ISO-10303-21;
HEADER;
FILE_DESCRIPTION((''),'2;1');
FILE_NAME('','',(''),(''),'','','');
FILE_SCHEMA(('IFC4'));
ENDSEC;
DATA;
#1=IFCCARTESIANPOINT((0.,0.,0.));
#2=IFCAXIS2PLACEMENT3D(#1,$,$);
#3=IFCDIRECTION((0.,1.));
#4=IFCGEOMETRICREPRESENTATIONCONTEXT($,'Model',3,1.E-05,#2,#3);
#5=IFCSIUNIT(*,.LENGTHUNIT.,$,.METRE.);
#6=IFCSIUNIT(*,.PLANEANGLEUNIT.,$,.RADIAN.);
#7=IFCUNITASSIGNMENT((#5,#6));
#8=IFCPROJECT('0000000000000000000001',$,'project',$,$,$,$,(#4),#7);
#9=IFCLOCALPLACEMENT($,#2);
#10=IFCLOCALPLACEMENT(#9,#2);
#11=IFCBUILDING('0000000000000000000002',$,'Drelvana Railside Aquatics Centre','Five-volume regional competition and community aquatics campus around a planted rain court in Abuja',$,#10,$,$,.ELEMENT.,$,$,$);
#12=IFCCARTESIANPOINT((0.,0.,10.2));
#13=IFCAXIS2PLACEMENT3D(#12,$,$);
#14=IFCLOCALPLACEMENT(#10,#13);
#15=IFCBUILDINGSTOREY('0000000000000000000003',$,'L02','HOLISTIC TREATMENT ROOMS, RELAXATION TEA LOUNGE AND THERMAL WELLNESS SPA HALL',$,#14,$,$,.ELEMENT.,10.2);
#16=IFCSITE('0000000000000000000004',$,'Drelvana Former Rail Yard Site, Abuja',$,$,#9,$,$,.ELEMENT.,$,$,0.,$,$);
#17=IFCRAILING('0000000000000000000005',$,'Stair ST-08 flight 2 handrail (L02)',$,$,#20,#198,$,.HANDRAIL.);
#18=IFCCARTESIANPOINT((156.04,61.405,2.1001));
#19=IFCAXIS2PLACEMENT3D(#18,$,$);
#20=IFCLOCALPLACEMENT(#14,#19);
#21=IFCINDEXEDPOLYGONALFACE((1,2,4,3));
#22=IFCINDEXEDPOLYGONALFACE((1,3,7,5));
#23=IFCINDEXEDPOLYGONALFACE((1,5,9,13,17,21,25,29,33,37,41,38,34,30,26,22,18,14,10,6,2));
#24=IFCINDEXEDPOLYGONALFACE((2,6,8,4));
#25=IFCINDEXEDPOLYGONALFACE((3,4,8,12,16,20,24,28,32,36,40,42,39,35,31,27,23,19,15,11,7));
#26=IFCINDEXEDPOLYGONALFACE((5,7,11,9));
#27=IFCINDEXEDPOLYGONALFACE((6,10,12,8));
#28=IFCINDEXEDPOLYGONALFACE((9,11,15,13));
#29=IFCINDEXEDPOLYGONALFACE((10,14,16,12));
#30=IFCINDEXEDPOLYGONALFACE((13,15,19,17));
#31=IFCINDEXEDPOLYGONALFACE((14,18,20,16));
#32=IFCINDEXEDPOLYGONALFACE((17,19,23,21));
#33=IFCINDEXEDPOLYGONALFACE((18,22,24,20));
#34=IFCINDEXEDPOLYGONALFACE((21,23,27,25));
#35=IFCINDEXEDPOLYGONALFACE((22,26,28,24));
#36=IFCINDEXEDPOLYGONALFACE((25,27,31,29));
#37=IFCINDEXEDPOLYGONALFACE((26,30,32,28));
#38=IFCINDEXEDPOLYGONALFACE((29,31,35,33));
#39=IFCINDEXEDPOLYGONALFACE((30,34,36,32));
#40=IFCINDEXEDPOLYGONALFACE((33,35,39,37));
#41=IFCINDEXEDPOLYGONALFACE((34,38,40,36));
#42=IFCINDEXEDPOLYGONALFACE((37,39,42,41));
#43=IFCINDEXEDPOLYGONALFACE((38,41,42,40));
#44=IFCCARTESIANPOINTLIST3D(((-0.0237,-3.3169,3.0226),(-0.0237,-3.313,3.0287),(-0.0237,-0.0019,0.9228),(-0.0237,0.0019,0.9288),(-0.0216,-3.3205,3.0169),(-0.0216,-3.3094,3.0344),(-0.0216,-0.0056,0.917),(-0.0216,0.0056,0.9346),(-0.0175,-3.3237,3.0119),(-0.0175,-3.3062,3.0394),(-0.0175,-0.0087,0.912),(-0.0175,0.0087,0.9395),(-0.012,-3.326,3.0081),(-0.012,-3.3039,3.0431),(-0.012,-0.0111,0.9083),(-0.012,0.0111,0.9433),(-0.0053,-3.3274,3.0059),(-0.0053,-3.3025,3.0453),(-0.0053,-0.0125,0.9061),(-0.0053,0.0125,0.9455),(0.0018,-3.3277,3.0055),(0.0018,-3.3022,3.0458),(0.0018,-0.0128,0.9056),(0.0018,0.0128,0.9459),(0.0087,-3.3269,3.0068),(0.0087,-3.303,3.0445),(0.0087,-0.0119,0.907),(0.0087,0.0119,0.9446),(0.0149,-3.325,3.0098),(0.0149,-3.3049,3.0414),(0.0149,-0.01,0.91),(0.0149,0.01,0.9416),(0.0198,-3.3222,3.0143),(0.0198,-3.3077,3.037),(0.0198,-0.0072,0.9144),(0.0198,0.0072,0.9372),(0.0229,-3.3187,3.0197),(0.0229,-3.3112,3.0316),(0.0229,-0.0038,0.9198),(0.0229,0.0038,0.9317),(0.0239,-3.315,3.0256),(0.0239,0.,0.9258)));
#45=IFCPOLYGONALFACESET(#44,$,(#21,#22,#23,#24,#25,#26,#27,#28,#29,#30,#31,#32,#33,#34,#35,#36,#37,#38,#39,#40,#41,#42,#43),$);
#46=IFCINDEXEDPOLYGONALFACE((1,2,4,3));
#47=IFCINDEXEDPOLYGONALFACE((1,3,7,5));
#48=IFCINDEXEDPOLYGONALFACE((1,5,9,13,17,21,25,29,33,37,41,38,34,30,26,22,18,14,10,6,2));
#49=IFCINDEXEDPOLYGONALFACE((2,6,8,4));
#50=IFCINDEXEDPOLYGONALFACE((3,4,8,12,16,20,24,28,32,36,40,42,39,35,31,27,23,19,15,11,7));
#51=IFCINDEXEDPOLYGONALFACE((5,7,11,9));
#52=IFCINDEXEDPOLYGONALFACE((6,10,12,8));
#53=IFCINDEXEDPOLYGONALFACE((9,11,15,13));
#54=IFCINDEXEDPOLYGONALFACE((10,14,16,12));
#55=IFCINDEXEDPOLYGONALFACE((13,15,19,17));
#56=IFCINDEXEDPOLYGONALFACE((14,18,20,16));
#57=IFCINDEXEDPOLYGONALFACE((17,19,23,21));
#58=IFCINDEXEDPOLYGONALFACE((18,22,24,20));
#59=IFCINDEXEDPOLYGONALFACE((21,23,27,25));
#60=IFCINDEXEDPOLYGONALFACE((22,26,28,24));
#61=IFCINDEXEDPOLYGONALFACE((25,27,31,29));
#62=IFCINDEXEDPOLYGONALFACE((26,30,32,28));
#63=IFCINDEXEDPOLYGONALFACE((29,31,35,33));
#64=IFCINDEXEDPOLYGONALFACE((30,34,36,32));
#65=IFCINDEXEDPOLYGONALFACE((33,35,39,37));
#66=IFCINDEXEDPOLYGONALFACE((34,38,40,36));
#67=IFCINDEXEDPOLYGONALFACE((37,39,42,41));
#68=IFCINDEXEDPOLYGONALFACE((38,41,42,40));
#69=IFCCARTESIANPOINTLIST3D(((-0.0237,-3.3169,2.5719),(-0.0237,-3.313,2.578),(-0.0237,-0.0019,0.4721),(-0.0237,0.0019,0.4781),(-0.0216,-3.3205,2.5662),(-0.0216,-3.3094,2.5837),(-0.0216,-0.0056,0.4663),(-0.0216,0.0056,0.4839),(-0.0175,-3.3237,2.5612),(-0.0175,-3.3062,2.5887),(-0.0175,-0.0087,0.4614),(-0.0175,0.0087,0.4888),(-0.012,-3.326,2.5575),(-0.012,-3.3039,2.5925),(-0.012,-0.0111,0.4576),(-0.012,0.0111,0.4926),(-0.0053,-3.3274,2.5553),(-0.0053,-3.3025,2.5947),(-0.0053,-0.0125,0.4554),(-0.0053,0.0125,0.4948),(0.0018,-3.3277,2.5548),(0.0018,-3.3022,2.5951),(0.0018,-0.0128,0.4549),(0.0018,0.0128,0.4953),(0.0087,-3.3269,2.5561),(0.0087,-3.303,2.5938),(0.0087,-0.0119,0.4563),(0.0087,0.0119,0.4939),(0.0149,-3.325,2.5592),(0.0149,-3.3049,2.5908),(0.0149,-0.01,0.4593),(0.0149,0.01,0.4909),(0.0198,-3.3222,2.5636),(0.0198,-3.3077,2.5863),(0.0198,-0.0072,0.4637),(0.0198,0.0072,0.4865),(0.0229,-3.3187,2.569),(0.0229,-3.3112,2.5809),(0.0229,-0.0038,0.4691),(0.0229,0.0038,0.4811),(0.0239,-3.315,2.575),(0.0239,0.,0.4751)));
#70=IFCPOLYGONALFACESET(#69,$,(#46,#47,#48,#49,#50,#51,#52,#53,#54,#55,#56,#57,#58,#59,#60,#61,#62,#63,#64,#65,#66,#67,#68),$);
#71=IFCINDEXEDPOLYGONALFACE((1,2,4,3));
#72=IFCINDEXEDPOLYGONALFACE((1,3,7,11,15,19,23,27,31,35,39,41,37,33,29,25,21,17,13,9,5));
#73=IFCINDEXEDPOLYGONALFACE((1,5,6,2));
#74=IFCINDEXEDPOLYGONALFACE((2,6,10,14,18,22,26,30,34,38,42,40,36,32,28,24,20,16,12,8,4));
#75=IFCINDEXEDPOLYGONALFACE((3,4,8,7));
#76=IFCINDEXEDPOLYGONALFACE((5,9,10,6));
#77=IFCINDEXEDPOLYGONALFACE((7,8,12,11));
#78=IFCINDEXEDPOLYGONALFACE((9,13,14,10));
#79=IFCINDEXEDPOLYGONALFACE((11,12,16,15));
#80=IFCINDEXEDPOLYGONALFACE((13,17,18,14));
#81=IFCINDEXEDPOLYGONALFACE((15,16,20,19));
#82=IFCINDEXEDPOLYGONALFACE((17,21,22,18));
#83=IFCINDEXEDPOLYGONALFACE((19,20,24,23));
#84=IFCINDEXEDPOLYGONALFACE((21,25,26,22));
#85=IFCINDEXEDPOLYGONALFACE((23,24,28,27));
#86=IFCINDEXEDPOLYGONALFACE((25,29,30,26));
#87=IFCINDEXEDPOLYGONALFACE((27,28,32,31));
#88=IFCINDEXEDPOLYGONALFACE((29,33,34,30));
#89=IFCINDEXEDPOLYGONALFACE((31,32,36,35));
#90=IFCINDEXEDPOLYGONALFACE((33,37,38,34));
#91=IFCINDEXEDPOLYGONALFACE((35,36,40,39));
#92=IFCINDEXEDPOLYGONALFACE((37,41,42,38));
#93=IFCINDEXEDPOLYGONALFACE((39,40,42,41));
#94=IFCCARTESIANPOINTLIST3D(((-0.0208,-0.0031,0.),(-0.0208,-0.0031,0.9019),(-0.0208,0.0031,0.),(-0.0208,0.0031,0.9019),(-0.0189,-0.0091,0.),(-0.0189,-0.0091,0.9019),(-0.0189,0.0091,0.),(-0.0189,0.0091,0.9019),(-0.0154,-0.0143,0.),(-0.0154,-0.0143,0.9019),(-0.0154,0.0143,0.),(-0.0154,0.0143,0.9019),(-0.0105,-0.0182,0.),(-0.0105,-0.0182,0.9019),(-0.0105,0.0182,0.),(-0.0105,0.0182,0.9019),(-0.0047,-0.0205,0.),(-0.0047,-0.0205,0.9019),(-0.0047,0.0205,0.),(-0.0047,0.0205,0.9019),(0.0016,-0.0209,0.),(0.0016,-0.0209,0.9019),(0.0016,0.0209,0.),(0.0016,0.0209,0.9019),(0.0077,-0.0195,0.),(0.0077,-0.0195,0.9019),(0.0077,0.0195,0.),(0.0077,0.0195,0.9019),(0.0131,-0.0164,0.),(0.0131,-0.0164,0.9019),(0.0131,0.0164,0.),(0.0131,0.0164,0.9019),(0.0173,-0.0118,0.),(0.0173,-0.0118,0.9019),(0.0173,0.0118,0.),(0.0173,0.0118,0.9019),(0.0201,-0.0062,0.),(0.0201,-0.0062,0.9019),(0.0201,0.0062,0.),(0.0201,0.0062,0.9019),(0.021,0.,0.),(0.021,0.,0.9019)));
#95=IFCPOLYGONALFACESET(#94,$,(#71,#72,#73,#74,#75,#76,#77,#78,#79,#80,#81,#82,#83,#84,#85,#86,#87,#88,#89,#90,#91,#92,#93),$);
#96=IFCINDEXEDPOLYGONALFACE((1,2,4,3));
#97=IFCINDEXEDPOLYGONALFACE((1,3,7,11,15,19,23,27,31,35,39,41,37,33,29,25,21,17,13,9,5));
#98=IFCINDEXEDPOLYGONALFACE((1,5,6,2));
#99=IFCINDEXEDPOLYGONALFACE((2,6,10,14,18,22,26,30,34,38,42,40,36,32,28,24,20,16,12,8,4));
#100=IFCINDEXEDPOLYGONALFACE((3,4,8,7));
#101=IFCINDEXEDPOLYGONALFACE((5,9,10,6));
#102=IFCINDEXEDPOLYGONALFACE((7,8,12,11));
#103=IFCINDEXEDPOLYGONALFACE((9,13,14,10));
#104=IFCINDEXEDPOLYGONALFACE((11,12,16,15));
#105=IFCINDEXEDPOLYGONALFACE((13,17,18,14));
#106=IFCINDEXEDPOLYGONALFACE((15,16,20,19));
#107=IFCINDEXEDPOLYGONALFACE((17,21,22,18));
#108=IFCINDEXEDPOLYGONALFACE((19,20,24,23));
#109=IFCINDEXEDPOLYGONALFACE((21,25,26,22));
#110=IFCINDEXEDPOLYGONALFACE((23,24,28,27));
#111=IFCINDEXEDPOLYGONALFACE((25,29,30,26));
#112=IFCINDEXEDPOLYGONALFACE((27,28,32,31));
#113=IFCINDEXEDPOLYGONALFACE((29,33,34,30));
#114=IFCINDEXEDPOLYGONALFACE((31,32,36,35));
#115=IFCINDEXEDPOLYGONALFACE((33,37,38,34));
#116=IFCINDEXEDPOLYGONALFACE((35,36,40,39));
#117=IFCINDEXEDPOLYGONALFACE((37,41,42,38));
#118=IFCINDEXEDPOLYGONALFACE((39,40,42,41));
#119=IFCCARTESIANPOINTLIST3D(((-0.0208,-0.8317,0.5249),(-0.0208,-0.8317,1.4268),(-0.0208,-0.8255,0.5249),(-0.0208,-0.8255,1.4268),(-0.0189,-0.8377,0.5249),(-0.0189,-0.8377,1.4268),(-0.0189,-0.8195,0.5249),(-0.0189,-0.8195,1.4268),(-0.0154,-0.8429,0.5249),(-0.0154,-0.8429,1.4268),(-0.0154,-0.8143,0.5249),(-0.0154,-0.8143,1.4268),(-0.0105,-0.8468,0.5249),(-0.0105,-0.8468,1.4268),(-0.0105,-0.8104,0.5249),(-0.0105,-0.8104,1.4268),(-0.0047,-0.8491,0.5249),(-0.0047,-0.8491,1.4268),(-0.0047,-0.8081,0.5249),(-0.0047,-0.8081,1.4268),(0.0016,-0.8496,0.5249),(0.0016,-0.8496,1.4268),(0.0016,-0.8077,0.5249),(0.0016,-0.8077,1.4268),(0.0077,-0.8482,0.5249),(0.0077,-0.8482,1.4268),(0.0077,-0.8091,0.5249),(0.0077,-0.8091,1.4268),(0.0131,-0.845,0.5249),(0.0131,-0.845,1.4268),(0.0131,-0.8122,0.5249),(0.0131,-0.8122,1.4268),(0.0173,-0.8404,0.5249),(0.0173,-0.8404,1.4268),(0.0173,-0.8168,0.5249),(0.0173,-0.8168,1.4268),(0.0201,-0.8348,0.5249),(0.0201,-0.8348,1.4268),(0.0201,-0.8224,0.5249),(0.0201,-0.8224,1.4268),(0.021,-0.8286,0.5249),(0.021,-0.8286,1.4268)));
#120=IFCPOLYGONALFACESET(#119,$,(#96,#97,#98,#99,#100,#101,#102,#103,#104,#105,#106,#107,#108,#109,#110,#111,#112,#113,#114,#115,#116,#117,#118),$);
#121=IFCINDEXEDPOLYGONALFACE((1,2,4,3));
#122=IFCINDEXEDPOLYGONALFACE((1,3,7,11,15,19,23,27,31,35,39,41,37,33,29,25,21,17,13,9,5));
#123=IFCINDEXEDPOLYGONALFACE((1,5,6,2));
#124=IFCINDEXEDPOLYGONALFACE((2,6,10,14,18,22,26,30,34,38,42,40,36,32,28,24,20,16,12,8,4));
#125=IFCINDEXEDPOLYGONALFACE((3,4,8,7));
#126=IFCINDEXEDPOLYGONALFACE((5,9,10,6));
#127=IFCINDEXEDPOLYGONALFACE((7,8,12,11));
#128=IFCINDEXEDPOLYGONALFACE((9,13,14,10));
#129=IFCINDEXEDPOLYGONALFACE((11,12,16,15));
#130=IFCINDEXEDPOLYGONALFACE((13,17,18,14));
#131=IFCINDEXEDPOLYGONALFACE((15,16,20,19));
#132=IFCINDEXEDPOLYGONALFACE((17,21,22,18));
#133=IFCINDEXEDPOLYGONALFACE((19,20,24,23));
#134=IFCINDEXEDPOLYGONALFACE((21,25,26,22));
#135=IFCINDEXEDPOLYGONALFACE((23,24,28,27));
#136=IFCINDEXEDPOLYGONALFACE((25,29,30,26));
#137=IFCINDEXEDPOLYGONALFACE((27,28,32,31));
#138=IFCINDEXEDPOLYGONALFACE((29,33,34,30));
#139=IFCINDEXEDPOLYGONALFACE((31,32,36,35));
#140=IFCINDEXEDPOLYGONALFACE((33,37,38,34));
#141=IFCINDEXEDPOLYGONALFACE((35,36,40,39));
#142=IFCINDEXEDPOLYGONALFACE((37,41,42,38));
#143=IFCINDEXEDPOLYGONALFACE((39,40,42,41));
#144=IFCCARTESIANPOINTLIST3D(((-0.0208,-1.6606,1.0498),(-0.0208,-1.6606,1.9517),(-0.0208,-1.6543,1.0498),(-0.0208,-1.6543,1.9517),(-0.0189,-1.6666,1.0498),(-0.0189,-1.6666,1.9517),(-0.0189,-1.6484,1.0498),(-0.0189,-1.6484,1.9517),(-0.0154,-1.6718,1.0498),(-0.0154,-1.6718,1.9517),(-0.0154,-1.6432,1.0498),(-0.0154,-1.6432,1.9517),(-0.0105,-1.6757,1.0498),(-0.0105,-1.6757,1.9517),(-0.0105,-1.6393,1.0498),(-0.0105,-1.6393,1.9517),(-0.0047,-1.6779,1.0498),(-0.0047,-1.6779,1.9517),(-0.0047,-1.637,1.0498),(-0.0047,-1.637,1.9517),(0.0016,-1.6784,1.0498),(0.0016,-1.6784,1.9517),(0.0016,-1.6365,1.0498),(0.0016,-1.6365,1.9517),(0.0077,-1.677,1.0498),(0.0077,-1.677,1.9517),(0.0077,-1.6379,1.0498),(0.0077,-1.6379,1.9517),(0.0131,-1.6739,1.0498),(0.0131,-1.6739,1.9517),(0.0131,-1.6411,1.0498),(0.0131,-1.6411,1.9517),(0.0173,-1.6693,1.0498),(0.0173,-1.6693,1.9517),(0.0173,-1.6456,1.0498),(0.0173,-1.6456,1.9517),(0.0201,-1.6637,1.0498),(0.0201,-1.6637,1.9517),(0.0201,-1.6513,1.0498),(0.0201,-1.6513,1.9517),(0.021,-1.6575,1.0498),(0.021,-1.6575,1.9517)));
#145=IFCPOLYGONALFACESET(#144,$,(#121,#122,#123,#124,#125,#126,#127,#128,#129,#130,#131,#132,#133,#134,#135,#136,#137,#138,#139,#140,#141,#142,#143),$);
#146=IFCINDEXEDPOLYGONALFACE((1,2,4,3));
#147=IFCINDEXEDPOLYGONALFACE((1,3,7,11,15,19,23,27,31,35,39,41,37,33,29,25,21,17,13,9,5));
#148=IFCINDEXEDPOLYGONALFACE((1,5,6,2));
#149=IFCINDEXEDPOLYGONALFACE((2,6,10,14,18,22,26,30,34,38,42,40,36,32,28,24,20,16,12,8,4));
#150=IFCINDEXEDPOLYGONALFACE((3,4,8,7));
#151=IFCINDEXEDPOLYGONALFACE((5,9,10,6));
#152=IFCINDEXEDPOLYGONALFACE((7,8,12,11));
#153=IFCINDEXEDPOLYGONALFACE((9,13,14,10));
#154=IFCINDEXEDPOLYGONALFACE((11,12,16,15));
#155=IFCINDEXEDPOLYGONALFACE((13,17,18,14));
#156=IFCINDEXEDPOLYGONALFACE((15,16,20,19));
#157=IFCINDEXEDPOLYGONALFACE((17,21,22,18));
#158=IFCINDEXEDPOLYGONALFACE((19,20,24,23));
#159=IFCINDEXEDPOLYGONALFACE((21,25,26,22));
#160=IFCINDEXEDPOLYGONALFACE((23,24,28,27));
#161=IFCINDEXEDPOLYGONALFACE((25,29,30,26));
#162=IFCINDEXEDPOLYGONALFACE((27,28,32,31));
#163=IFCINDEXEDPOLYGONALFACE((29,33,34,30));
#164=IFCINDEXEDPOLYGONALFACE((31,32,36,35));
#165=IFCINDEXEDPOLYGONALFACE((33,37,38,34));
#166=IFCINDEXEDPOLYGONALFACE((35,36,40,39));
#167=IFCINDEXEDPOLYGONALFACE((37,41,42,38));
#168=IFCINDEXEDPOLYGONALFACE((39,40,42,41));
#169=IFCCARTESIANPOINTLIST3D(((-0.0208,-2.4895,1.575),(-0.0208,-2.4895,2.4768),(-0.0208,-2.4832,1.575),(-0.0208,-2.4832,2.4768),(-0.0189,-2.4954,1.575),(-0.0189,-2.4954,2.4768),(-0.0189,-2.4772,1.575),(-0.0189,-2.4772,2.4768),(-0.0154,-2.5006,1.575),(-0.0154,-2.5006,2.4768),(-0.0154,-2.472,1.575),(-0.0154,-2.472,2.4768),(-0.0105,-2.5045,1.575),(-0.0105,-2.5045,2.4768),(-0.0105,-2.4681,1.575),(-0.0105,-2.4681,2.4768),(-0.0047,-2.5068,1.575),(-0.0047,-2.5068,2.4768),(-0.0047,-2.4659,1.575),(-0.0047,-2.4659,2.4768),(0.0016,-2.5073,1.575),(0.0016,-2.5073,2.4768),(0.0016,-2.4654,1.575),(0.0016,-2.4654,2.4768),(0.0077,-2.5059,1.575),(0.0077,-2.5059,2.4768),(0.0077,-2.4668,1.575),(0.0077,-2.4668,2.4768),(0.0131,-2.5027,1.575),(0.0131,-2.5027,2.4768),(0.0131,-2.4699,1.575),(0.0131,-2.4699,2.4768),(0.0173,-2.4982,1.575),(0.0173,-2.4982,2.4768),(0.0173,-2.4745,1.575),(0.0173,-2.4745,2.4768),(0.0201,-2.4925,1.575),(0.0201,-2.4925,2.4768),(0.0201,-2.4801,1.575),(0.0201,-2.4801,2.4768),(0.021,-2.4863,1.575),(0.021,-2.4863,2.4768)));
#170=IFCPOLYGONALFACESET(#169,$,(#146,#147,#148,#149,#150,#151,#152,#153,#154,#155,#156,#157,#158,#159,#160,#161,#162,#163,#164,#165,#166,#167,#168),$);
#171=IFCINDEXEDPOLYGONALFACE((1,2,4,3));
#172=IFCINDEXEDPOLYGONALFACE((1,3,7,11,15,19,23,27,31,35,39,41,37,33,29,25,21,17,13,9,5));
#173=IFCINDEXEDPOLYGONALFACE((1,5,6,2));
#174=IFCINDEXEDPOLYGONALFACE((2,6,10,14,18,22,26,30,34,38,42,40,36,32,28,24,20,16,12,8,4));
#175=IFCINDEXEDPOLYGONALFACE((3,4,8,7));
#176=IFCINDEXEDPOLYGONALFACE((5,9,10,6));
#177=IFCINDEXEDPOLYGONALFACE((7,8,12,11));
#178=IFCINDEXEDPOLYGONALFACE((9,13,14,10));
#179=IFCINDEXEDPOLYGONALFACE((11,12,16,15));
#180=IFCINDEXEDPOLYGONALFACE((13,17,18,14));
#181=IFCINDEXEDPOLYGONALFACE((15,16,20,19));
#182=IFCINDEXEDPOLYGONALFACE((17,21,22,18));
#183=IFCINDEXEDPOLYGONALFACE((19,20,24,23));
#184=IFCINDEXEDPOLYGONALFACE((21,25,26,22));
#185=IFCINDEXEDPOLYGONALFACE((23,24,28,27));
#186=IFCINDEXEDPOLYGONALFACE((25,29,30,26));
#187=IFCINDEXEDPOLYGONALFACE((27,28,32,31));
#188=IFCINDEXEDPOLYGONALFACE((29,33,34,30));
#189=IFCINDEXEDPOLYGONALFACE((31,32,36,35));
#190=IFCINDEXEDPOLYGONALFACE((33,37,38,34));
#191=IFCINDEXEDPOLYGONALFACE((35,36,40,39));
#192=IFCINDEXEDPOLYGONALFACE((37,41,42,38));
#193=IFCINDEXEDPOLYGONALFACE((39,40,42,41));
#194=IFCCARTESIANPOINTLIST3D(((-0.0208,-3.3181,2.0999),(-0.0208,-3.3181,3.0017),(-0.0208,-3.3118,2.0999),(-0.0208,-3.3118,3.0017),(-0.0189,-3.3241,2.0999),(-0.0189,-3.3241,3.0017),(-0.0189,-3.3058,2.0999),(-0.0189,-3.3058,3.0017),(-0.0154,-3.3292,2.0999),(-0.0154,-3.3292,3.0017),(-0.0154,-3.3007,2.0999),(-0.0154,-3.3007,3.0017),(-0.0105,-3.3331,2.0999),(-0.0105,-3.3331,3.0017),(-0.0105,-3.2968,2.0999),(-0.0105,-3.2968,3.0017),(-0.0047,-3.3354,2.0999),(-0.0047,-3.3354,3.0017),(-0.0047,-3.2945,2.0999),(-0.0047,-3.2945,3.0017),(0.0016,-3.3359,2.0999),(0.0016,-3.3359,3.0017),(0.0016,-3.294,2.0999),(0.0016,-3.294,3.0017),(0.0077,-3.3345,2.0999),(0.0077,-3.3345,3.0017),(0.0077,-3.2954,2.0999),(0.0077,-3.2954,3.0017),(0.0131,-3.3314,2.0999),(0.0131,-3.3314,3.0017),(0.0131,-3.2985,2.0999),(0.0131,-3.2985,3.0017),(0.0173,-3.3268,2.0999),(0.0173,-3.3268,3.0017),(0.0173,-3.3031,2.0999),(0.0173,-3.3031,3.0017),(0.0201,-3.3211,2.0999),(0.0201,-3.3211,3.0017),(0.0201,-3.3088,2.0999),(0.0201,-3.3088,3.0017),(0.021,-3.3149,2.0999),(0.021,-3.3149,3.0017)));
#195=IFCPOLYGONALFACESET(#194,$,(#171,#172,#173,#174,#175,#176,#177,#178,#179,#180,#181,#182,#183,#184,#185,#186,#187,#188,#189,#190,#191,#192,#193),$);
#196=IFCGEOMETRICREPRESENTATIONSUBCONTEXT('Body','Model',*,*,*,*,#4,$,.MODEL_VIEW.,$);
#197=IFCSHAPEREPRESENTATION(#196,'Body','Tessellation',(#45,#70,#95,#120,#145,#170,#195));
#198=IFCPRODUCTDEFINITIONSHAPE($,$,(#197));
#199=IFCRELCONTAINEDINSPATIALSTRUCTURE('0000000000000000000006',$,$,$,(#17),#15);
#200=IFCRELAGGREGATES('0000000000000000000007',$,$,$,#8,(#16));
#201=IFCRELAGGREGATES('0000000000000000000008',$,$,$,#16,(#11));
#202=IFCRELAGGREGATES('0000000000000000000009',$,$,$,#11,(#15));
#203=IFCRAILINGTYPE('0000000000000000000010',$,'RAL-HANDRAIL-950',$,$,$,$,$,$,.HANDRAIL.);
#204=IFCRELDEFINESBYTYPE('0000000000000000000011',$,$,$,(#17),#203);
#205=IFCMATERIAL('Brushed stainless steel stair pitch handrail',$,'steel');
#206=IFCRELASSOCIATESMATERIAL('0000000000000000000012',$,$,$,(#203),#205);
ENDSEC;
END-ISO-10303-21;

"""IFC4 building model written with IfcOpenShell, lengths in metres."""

from ifc_helpers import new_model, si_unit, direction, frame, origin, origin_2d, place, context, subcontext, project, spatial, circle, extrude, material, type_object, element, save


model = new_model("IFC4")

# Units and contexts
model_context = context("Model", 3, precision=1e-05, world=origin(), true_north=direction((0.0, 1.0)))
body_context = subcontext(model_context, "Body", "Model", "MODEL_VIEW")
ifc_project = project(units=[si_unit("LENGTHUNIT", "METRE"), si_unit("PLANEANGLEUNIT", "RADIAN")], contexts=[model_context])

# Site, building, storey
site_placement = place(None, origin())
site = spatial("IfcSite", under=ifc_project, at=site_placement, Name="Drelvana Former Rail Yard Site, Abuja", CompositionType="ELEMENT", RefElevation=0.0)
building_placement = place(site_placement, origin())
building = spatial("IfcBuilding", under=site, at=building_placement, Name="Drelvana Railside Aquatics Centre", Description="Five-volume regional competition and community aquatics campus around a planted rain court in Abuja", CompositionType="ELEMENT")
storey_placement = place(building_placement, frame((0.0, 0.0, 10.2)))
storey = spatial("IfcBuildingStorey", under=building, at=storey_placement, Name="L02", Description="HOLISTIC TREATMENT ROOMS, RELAXATION TEA LOUNGE AND THERMAL WELLNESS SPA HALL", CompositionType="ELEMENT", Elevation=10.2)

# Railing
ifc_material_1 = material(Name="Brushed stainless steel stair pitch handrail", Category="steel")
railing_type = type_object("IfcRailingType", Name="RAL-HANDRAIL-950", PredefinedType="HANDRAIL", material=ifc_material_1)
railing_1_placement = place(storey_placement, frame((156.04, 61.405, 2.1001)))
element("IfcRailing", 1, at=railing_1_placement, inside=storey, type_object=railing_type, Name="Stair ST-08 flight 2 handrail (L02)", PredefinedType="HANDRAIL", context=body_context, shape_type="SweptSolid", body=[
    extrude(circle(Radius=0.0239, at=origin_2d()), frame((0.0, 0.0, 0.9258), z_axis=(0.0, -0.844774, 0.535123), x_axis=(1.0, 0.0, 0.0)), (0.0, 0.0, 1.0), 3.9241),
    extrude(circle(Radius=0.0239, at=origin_2d()), frame((0.0, 0.0, 0.4751), z_axis=(0.0, -0.844774, 0.535123), x_axis=(1.0, 0.0, 0.0)), (0.0, 0.0, 1.0), 3.9241),
    extrude(circle(Radius=0.021, at=origin_2d()), origin(), (0.0, 0.0, 1.0), 0.9019),
    extrude(circle(Radius=0.021, at=origin_2d()), frame((0.0, -0.8286, 0.5249)), (0.0, 0.0, 1.0), 0.9019),
    extrude(circle(Radius=0.021, at=origin_2d()), frame((0.0, -1.6575, 1.0498)), (0.0, 0.0, 1.0), 0.9019),
    extrude(circle(Radius=0.021, at=origin_2d()), frame((0.0, -2.4863, 1.575)), (0.0, 0.0, 1.0), 0.9019),
    extrude(circle(Radius=0.021, at=origin_2d()), frame((0.0, -3.3149, 2.0999)), (0.0, 0.0, 1.0), 0.9019),
])

save(model, "model.ifc")
